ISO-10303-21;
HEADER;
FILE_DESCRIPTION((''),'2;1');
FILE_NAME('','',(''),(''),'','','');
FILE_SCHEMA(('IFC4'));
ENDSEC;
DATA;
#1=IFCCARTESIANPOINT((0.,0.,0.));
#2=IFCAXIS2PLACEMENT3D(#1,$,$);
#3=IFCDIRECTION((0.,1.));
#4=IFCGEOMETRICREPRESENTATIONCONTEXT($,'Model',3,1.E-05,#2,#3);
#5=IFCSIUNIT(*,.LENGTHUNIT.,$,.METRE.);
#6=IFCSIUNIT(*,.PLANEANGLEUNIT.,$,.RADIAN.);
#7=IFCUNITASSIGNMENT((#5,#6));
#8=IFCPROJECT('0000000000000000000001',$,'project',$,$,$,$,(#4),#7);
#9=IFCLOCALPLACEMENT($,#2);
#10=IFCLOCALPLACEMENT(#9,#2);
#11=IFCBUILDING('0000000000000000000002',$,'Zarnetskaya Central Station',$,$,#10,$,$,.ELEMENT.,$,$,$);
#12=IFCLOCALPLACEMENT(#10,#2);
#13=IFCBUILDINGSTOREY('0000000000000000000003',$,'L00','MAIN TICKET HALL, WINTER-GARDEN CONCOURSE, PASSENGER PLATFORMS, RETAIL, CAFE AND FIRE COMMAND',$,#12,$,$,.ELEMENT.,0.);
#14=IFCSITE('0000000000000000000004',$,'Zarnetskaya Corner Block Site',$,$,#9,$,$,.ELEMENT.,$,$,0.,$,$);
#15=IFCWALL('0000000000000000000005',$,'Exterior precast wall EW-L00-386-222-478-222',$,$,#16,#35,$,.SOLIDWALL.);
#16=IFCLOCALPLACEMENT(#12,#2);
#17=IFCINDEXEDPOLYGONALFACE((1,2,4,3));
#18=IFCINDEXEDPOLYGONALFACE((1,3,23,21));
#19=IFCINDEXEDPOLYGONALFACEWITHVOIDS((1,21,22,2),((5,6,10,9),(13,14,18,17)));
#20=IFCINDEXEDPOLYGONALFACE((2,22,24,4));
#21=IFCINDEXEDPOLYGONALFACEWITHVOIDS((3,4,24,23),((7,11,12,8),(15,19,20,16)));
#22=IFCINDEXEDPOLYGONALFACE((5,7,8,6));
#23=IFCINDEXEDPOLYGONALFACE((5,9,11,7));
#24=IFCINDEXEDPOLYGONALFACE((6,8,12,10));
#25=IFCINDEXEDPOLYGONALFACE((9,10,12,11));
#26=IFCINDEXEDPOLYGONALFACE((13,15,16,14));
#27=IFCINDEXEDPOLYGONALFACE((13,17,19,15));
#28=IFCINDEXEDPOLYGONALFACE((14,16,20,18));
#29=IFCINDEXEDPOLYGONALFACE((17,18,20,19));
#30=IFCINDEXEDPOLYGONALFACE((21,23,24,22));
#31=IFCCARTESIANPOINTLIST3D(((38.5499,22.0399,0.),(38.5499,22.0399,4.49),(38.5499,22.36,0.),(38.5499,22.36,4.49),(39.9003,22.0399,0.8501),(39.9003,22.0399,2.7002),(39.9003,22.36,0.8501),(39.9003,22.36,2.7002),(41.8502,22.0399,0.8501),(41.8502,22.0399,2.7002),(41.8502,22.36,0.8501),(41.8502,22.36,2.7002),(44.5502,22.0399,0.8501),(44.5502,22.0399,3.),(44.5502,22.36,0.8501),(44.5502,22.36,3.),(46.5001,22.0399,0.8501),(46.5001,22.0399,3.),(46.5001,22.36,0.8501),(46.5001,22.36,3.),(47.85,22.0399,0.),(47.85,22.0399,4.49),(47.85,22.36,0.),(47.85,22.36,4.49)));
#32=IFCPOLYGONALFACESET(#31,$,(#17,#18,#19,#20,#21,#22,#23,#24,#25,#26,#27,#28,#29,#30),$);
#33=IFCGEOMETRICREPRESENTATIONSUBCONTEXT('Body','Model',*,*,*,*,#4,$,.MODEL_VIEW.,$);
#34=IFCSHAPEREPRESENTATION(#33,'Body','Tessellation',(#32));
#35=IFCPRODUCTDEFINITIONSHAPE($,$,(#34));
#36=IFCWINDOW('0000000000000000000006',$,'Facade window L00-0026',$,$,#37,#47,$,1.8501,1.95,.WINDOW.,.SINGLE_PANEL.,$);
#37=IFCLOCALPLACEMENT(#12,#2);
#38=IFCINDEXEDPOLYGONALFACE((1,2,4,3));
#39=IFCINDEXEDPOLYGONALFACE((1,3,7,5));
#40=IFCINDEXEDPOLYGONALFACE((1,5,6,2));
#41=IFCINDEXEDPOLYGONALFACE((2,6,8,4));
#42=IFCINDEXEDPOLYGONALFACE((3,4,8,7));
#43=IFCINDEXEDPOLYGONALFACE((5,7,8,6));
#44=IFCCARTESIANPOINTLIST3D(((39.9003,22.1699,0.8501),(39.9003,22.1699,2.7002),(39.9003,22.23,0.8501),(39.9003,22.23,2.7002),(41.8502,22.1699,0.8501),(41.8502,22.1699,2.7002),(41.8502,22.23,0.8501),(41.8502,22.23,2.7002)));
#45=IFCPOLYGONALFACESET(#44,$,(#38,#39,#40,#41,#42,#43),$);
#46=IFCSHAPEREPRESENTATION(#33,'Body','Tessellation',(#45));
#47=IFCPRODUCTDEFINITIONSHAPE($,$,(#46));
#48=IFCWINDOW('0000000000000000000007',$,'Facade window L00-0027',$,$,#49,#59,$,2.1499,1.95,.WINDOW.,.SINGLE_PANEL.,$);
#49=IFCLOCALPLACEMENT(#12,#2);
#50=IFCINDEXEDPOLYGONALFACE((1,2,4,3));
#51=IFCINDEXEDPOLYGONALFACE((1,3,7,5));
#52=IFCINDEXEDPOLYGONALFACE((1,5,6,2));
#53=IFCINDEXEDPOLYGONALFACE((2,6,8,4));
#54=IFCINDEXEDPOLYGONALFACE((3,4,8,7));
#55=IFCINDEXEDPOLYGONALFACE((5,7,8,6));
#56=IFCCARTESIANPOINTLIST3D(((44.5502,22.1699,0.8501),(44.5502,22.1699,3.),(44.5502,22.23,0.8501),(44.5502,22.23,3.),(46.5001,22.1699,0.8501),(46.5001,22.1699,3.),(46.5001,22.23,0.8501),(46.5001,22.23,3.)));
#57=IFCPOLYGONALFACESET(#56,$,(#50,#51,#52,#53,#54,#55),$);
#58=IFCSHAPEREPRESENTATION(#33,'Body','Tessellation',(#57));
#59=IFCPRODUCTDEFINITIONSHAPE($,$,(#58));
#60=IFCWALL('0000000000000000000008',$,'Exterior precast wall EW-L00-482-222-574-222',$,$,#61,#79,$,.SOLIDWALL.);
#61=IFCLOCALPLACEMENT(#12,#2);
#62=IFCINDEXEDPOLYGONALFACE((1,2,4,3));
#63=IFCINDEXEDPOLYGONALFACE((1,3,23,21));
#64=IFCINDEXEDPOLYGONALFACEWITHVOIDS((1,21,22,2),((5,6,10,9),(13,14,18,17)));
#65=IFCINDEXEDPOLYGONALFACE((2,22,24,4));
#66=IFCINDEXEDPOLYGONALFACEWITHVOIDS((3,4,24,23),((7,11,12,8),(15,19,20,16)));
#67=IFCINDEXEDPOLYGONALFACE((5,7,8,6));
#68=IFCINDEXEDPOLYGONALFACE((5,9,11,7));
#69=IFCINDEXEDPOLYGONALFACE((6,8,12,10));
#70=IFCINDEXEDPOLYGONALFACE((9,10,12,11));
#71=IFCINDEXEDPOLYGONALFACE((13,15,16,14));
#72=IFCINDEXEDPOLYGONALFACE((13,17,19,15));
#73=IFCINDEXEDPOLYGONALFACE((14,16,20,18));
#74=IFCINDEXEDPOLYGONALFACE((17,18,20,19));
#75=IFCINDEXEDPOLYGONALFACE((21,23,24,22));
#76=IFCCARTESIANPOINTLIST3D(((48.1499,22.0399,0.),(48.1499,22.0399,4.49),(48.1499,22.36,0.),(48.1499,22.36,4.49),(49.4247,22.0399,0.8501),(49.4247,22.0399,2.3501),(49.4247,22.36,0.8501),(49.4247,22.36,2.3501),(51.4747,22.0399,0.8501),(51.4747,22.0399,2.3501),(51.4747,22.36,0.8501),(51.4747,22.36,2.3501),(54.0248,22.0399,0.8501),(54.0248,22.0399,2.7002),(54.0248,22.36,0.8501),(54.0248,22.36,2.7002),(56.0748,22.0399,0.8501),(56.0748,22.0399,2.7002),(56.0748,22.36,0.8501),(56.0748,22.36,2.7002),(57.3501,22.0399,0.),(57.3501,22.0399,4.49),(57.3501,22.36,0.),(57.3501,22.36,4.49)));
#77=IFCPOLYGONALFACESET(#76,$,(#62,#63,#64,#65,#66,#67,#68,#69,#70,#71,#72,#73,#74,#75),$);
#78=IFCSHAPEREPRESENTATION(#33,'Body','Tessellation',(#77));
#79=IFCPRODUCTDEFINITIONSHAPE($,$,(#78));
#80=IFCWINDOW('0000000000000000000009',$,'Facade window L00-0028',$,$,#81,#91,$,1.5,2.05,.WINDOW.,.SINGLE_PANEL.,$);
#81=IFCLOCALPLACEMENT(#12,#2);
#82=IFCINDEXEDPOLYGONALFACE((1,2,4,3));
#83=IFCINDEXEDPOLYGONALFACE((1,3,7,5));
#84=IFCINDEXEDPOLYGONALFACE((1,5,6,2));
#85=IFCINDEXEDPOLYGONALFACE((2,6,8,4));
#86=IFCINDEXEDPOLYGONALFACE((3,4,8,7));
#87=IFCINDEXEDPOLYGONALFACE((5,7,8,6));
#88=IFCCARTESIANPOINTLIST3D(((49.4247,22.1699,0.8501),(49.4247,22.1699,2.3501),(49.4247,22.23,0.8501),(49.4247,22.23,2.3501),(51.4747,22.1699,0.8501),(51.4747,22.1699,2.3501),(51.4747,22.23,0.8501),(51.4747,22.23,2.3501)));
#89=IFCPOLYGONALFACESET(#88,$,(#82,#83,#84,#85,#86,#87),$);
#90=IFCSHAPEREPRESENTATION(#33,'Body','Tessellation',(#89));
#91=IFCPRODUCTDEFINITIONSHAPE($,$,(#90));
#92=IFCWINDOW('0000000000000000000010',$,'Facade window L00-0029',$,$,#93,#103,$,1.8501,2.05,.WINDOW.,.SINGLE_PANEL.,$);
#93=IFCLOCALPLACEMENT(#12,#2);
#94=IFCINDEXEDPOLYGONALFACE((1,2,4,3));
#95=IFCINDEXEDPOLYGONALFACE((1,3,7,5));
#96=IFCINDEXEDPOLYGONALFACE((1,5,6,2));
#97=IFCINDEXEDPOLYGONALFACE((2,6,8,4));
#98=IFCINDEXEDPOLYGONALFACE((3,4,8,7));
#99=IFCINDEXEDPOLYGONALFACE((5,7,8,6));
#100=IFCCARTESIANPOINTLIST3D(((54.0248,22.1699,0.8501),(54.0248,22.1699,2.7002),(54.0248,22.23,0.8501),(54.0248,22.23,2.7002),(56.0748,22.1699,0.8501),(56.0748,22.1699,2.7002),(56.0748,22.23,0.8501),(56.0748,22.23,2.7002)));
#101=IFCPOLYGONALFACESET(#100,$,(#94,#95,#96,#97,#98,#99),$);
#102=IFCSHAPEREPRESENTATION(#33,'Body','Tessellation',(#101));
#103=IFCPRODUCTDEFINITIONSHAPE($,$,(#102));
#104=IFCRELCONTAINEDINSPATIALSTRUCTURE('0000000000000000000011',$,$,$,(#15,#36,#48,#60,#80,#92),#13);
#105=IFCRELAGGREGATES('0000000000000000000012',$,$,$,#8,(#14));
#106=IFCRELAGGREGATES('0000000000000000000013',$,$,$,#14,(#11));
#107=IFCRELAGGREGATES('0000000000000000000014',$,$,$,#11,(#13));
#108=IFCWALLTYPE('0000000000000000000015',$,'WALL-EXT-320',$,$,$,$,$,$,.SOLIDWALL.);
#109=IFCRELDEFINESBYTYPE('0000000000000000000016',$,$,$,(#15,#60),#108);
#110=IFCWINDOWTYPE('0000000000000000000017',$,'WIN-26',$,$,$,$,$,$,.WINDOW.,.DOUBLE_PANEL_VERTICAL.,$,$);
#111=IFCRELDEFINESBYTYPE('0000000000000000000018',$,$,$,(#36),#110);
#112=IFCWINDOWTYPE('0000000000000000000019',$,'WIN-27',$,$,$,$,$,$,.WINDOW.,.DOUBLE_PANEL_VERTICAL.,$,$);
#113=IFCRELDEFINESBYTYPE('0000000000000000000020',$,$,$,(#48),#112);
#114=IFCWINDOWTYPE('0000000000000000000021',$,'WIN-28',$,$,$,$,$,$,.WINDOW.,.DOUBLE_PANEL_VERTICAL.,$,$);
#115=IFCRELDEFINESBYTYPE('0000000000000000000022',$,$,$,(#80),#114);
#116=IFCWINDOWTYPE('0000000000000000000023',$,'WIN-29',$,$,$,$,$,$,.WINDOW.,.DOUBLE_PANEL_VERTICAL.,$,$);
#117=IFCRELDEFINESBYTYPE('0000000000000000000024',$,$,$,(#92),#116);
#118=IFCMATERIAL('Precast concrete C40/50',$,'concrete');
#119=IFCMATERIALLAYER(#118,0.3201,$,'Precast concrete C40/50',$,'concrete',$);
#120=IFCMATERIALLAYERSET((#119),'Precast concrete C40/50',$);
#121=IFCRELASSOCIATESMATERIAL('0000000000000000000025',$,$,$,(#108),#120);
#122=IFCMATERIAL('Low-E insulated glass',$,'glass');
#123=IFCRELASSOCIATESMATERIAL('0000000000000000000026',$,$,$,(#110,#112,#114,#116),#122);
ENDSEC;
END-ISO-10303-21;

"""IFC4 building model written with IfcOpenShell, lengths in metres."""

from ifc_helpers import new_model, si_unit, direction, frame, frame_2d, origin, place, context, subcontext, project, spatial, rectangle, extrude, material, layer, layer_set, type_object, element, fill, save


model = new_model("IFC4")

# Units and contexts
model_context = context("Model", 3, precision=1e-05, world=origin(), true_north=direction((0.0, 1.0)))
body_context = subcontext(model_context, "Body", "Model", "MODEL_VIEW")
ifc_project = project(units=[si_unit("LENGTHUNIT", "METRE"), si_unit("PLANEANGLEUNIT", "RADIAN")], contexts=[model_context])

# Site, building, storey
site_placement = place(None, origin())
site = spatial("IfcSite", under=ifc_project, at=site_placement, Name="Zarnetskaya Corner Block Site", CompositionType="ELEMENT", RefElevation=0.0)
building_placement = place(site_placement, origin())
building = spatial("IfcBuilding", under=site, at=building_placement, Name="Zarnetskaya Central Station", CompositionType="ELEMENT")
storey_placement = place(building_placement, origin())
storey = spatial("IfcBuildingStorey", under=building, at=storey_placement, Name="L00", Description="MAIN TICKET HALL, WINTER-GARDEN CONCOURSE, PASSENGER PLATFORMS, RETAIL, CAFE AND FIRE COMMAND", CompositionType="ELEMENT", Elevation=0.0)

# Walls, openings, windows
ifc_material_1 = material(Name="Precast concrete C40/50", Category="concrete")
ifc_layer_1 = layer(ifc_material_1, 0.3201, Name="Precast concrete C40/50", Category="concrete")
ifc_layer_set_1 = layer_set([ifc_layer_1], Name="Precast concrete C40/50")
wall_type_1 = type_object("IfcWallType", Name="WALL-EXT-320", PredefinedType="SOLIDWALL", material=ifc_layer_set_1)
ifc_material_2 = material(Name="Low-E insulated glass", Category="glass")
wall_1_placement = place(storey_placement, frame((38.55, 22.2, 0.0), z_axis=(0.0, 0.0, 1.0), x_axis=(1.0, 0.0, 0.0)))
wall_1 = element("IfcWall", 1, at=wall_1_placement, inside=storey, type_object=wall_type_1, Name="Exterior precast wall EW-L00-386-222-478-222", PredefinedType="SOLIDWALL", context=body_context, shape_type="SweptSolid", body=[
    extrude(rectangle(XDim=9.3, YDim=0.3201, at=frame_2d((4.6499, 0.0))), origin(), (0.0, 0.0, 1.0), 4.49),
])
opening_1_placement = place(wall_1_placement, frame((1.3501, 0.0, 0.8501)))
opening_1 = element("IfcOpeningElement", 2, at=opening_1_placement, cuts=wall_1, PredefinedType="OPENING", context=body_context, shape_type="SweptSolid", body=[
    extrude(rectangle(XDim=1.95, YDim=1.8501, at=frame_2d((0.9751, 0.925))), frame((0.0, 0.1699, 0.0), z_axis=(0.0, -1.0, 0.0), x_axis=(1.0, 0.0, 0.0)), (0.0, 0.0, 1.0), 0.3401),
])
opening_2_placement = place(wall_1_placement, frame((6.0, 0.0, 0.8501)))
opening_2 = element("IfcOpeningElement", 3, at=opening_2_placement, cuts=wall_1, PredefinedType="OPENING", context=body_context, shape_type="SweptSolid", body=[
    extrude(rectangle(XDim=1.95, YDim=2.1499, at=frame_2d((0.9751, 1.075))), frame((0.0, 0.1699, 0.0), z_axis=(0.0, -1.0, 0.0), x_axis=(1.0, 0.0, 0.0)), (0.0, 0.0, 1.0), 0.3401),
])
window_type_1 = type_object("IfcWindowType", Name="WIN-26", PartitioningType="DOUBLE_PANEL_VERTICAL", PredefinedType="WINDOW", material=ifc_material_2)
window_1_placement = place(opening_1_placement, origin())
window_1 = element("IfcWindow", 4, at=window_1_placement, inside=storey, type_object=window_type_1, Name="Facade window L00-0026", OverallHeight=1.8501, OverallWidth=1.95, PartitioningType="SINGLE_PANEL", PredefinedType="WINDOW", context=body_context, shape_type="SweptSolid", body=[
    extrude(rectangle(XDim=1.95, YDim=1.8501, at=frame_2d((0.9751, 0.925))), frame((0.0, 0.03, 0.0), z_axis=(0.0, -1.0, 0.0), x_axis=(1.0, 0.0, 0.0)), (0.0, 0.0, 1.0), 0.0601),
])
fill(opening_1, window_1)
window_type_2 = type_object("IfcWindowType", Name="WIN-27", PartitioningType="DOUBLE_PANEL_VERTICAL", PredefinedType="WINDOW", material=ifc_material_2)
window_2_placement = place(opening_2_placement, origin())
window_2 = element("IfcWindow", 5, at=window_2_placement, inside=storey, type_object=window_type_2, Name="Facade window L00-0027", OverallHeight=2.1499, OverallWidth=1.95, PartitioningType="SINGLE_PANEL", PredefinedType="WINDOW", context=body_context, shape_type="SweptSolid", body=[
    extrude(rectangle(XDim=1.95, YDim=2.1499, at=frame_2d((0.9751, 1.075))), frame((0.0, 0.03, 0.0), z_axis=(0.0, -1.0, 0.0), x_axis=(1.0, 0.0, 0.0)), (0.0, 0.0, 1.0), 0.0601),
])
fill(opening_2, window_2)
wall_2_placement = place(storey_placement, frame((48.1499, 22.2, 0.0), z_axis=(0.0, 0.0, 1.0), x_axis=(1.0, 0.0, 0.0)))
wall_2 = element("IfcWall", 6, at=wall_2_placement, inside=storey, type_object=wall_type_1, Name="Exterior precast wall EW-L00-482-222-574-222", PredefinedType="SOLIDWALL", context=body_context, shape_type="SweptSolid", body=[
    extrude(rectangle(XDim=9.2002, YDim=0.3201, at=frame_2d((4.6001, 0.0))), origin(), (0.0, 0.0, 1.0), 4.49),
])
opening_3_placement = place(wall_2_placement, frame((1.2749, 0.0, 0.8501)))
opening_3 = element("IfcOpeningElement", 7, at=opening_3_placement, cuts=wall_2, PredefinedType="OPENING", context=body_context, shape_type="SweptSolid", body=[
    extrude(rectangle(XDim=2.05, YDim=1.5, at=frame_2d((1.0249, 0.75))), frame((0.0, 0.1699, 0.0), z_axis=(0.0, -1.0, 0.0), x_axis=(1.0, 0.0, 0.0)), (0.0, 0.0, 1.0), 0.3401),
])
opening_4_placement = place(wall_2_placement, frame((5.875, 0.0, 0.8501)))
opening_4 = element("IfcOpeningElement", 8, at=opening_4_placement, cuts=wall_2, PredefinedType="OPENING", context=body_context, shape_type="SweptSolid", body=[
    extrude(rectangle(XDim=2.05, YDim=1.8501, at=frame_2d((1.0249, 0.925))), frame((0.0, 0.1699, 0.0), z_axis=(0.0, -1.0, 0.0), x_axis=(1.0, 0.0, 0.0)), (0.0, 0.0, 1.0), 0.3401),
])
window_type_3 = type_object("IfcWindowType", Name="WIN-28", PartitioningType="DOUBLE_PANEL_VERTICAL", PredefinedType="WINDOW", material=ifc_material_2)
window_3_placement = place(opening_3_placement, origin())
window_3 = element("IfcWindow", 9, at=window_3_placement, inside=storey, type_object=window_type_3, Name="Facade window L00-0028", OverallHeight=1.5, OverallWidth=2.05, PartitioningType="SINGLE_PANEL", PredefinedType="WINDOW", context=body_context, shape_type="SweptSolid", body=[
    extrude(rectangle(XDim=2.05, YDim=1.5, at=frame_2d((1.0249, 0.75))), frame((0.0, 0.03, 0.0), z_axis=(0.0, -1.0, 0.0), x_axis=(1.0, 0.0, 0.0)), (0.0, 0.0, 1.0), 0.0601),
])
fill(opening_3, window_3)
window_type_4 = type_object("IfcWindowType", Name="WIN-29", PartitioningType="DOUBLE_PANEL_VERTICAL", PredefinedType="WINDOW", material=ifc_material_2)
window_4_placement = place(opening_4_placement, origin())
window_4 = element("IfcWindow", 10, at=window_4_placement, inside=storey, type_object=window_type_4, Name="Facade window L00-0029", OverallHeight=1.8501, OverallWidth=2.05, PartitioningType="SINGLE_PANEL", PredefinedType="WINDOW", context=body_context, shape_type="SweptSolid", body=[
    extrude(rectangle(XDim=2.05, YDim=1.8501, at=frame_2d((1.0249, 0.925))), frame((0.0, 0.03, 0.0), z_axis=(0.0, -1.0, 0.0), x_axis=(1.0, 0.0, 0.0)), (0.0, 0.0, 1.0), 0.0601),
])
fill(opening_4, window_4)

save(model, "model.ifc")
